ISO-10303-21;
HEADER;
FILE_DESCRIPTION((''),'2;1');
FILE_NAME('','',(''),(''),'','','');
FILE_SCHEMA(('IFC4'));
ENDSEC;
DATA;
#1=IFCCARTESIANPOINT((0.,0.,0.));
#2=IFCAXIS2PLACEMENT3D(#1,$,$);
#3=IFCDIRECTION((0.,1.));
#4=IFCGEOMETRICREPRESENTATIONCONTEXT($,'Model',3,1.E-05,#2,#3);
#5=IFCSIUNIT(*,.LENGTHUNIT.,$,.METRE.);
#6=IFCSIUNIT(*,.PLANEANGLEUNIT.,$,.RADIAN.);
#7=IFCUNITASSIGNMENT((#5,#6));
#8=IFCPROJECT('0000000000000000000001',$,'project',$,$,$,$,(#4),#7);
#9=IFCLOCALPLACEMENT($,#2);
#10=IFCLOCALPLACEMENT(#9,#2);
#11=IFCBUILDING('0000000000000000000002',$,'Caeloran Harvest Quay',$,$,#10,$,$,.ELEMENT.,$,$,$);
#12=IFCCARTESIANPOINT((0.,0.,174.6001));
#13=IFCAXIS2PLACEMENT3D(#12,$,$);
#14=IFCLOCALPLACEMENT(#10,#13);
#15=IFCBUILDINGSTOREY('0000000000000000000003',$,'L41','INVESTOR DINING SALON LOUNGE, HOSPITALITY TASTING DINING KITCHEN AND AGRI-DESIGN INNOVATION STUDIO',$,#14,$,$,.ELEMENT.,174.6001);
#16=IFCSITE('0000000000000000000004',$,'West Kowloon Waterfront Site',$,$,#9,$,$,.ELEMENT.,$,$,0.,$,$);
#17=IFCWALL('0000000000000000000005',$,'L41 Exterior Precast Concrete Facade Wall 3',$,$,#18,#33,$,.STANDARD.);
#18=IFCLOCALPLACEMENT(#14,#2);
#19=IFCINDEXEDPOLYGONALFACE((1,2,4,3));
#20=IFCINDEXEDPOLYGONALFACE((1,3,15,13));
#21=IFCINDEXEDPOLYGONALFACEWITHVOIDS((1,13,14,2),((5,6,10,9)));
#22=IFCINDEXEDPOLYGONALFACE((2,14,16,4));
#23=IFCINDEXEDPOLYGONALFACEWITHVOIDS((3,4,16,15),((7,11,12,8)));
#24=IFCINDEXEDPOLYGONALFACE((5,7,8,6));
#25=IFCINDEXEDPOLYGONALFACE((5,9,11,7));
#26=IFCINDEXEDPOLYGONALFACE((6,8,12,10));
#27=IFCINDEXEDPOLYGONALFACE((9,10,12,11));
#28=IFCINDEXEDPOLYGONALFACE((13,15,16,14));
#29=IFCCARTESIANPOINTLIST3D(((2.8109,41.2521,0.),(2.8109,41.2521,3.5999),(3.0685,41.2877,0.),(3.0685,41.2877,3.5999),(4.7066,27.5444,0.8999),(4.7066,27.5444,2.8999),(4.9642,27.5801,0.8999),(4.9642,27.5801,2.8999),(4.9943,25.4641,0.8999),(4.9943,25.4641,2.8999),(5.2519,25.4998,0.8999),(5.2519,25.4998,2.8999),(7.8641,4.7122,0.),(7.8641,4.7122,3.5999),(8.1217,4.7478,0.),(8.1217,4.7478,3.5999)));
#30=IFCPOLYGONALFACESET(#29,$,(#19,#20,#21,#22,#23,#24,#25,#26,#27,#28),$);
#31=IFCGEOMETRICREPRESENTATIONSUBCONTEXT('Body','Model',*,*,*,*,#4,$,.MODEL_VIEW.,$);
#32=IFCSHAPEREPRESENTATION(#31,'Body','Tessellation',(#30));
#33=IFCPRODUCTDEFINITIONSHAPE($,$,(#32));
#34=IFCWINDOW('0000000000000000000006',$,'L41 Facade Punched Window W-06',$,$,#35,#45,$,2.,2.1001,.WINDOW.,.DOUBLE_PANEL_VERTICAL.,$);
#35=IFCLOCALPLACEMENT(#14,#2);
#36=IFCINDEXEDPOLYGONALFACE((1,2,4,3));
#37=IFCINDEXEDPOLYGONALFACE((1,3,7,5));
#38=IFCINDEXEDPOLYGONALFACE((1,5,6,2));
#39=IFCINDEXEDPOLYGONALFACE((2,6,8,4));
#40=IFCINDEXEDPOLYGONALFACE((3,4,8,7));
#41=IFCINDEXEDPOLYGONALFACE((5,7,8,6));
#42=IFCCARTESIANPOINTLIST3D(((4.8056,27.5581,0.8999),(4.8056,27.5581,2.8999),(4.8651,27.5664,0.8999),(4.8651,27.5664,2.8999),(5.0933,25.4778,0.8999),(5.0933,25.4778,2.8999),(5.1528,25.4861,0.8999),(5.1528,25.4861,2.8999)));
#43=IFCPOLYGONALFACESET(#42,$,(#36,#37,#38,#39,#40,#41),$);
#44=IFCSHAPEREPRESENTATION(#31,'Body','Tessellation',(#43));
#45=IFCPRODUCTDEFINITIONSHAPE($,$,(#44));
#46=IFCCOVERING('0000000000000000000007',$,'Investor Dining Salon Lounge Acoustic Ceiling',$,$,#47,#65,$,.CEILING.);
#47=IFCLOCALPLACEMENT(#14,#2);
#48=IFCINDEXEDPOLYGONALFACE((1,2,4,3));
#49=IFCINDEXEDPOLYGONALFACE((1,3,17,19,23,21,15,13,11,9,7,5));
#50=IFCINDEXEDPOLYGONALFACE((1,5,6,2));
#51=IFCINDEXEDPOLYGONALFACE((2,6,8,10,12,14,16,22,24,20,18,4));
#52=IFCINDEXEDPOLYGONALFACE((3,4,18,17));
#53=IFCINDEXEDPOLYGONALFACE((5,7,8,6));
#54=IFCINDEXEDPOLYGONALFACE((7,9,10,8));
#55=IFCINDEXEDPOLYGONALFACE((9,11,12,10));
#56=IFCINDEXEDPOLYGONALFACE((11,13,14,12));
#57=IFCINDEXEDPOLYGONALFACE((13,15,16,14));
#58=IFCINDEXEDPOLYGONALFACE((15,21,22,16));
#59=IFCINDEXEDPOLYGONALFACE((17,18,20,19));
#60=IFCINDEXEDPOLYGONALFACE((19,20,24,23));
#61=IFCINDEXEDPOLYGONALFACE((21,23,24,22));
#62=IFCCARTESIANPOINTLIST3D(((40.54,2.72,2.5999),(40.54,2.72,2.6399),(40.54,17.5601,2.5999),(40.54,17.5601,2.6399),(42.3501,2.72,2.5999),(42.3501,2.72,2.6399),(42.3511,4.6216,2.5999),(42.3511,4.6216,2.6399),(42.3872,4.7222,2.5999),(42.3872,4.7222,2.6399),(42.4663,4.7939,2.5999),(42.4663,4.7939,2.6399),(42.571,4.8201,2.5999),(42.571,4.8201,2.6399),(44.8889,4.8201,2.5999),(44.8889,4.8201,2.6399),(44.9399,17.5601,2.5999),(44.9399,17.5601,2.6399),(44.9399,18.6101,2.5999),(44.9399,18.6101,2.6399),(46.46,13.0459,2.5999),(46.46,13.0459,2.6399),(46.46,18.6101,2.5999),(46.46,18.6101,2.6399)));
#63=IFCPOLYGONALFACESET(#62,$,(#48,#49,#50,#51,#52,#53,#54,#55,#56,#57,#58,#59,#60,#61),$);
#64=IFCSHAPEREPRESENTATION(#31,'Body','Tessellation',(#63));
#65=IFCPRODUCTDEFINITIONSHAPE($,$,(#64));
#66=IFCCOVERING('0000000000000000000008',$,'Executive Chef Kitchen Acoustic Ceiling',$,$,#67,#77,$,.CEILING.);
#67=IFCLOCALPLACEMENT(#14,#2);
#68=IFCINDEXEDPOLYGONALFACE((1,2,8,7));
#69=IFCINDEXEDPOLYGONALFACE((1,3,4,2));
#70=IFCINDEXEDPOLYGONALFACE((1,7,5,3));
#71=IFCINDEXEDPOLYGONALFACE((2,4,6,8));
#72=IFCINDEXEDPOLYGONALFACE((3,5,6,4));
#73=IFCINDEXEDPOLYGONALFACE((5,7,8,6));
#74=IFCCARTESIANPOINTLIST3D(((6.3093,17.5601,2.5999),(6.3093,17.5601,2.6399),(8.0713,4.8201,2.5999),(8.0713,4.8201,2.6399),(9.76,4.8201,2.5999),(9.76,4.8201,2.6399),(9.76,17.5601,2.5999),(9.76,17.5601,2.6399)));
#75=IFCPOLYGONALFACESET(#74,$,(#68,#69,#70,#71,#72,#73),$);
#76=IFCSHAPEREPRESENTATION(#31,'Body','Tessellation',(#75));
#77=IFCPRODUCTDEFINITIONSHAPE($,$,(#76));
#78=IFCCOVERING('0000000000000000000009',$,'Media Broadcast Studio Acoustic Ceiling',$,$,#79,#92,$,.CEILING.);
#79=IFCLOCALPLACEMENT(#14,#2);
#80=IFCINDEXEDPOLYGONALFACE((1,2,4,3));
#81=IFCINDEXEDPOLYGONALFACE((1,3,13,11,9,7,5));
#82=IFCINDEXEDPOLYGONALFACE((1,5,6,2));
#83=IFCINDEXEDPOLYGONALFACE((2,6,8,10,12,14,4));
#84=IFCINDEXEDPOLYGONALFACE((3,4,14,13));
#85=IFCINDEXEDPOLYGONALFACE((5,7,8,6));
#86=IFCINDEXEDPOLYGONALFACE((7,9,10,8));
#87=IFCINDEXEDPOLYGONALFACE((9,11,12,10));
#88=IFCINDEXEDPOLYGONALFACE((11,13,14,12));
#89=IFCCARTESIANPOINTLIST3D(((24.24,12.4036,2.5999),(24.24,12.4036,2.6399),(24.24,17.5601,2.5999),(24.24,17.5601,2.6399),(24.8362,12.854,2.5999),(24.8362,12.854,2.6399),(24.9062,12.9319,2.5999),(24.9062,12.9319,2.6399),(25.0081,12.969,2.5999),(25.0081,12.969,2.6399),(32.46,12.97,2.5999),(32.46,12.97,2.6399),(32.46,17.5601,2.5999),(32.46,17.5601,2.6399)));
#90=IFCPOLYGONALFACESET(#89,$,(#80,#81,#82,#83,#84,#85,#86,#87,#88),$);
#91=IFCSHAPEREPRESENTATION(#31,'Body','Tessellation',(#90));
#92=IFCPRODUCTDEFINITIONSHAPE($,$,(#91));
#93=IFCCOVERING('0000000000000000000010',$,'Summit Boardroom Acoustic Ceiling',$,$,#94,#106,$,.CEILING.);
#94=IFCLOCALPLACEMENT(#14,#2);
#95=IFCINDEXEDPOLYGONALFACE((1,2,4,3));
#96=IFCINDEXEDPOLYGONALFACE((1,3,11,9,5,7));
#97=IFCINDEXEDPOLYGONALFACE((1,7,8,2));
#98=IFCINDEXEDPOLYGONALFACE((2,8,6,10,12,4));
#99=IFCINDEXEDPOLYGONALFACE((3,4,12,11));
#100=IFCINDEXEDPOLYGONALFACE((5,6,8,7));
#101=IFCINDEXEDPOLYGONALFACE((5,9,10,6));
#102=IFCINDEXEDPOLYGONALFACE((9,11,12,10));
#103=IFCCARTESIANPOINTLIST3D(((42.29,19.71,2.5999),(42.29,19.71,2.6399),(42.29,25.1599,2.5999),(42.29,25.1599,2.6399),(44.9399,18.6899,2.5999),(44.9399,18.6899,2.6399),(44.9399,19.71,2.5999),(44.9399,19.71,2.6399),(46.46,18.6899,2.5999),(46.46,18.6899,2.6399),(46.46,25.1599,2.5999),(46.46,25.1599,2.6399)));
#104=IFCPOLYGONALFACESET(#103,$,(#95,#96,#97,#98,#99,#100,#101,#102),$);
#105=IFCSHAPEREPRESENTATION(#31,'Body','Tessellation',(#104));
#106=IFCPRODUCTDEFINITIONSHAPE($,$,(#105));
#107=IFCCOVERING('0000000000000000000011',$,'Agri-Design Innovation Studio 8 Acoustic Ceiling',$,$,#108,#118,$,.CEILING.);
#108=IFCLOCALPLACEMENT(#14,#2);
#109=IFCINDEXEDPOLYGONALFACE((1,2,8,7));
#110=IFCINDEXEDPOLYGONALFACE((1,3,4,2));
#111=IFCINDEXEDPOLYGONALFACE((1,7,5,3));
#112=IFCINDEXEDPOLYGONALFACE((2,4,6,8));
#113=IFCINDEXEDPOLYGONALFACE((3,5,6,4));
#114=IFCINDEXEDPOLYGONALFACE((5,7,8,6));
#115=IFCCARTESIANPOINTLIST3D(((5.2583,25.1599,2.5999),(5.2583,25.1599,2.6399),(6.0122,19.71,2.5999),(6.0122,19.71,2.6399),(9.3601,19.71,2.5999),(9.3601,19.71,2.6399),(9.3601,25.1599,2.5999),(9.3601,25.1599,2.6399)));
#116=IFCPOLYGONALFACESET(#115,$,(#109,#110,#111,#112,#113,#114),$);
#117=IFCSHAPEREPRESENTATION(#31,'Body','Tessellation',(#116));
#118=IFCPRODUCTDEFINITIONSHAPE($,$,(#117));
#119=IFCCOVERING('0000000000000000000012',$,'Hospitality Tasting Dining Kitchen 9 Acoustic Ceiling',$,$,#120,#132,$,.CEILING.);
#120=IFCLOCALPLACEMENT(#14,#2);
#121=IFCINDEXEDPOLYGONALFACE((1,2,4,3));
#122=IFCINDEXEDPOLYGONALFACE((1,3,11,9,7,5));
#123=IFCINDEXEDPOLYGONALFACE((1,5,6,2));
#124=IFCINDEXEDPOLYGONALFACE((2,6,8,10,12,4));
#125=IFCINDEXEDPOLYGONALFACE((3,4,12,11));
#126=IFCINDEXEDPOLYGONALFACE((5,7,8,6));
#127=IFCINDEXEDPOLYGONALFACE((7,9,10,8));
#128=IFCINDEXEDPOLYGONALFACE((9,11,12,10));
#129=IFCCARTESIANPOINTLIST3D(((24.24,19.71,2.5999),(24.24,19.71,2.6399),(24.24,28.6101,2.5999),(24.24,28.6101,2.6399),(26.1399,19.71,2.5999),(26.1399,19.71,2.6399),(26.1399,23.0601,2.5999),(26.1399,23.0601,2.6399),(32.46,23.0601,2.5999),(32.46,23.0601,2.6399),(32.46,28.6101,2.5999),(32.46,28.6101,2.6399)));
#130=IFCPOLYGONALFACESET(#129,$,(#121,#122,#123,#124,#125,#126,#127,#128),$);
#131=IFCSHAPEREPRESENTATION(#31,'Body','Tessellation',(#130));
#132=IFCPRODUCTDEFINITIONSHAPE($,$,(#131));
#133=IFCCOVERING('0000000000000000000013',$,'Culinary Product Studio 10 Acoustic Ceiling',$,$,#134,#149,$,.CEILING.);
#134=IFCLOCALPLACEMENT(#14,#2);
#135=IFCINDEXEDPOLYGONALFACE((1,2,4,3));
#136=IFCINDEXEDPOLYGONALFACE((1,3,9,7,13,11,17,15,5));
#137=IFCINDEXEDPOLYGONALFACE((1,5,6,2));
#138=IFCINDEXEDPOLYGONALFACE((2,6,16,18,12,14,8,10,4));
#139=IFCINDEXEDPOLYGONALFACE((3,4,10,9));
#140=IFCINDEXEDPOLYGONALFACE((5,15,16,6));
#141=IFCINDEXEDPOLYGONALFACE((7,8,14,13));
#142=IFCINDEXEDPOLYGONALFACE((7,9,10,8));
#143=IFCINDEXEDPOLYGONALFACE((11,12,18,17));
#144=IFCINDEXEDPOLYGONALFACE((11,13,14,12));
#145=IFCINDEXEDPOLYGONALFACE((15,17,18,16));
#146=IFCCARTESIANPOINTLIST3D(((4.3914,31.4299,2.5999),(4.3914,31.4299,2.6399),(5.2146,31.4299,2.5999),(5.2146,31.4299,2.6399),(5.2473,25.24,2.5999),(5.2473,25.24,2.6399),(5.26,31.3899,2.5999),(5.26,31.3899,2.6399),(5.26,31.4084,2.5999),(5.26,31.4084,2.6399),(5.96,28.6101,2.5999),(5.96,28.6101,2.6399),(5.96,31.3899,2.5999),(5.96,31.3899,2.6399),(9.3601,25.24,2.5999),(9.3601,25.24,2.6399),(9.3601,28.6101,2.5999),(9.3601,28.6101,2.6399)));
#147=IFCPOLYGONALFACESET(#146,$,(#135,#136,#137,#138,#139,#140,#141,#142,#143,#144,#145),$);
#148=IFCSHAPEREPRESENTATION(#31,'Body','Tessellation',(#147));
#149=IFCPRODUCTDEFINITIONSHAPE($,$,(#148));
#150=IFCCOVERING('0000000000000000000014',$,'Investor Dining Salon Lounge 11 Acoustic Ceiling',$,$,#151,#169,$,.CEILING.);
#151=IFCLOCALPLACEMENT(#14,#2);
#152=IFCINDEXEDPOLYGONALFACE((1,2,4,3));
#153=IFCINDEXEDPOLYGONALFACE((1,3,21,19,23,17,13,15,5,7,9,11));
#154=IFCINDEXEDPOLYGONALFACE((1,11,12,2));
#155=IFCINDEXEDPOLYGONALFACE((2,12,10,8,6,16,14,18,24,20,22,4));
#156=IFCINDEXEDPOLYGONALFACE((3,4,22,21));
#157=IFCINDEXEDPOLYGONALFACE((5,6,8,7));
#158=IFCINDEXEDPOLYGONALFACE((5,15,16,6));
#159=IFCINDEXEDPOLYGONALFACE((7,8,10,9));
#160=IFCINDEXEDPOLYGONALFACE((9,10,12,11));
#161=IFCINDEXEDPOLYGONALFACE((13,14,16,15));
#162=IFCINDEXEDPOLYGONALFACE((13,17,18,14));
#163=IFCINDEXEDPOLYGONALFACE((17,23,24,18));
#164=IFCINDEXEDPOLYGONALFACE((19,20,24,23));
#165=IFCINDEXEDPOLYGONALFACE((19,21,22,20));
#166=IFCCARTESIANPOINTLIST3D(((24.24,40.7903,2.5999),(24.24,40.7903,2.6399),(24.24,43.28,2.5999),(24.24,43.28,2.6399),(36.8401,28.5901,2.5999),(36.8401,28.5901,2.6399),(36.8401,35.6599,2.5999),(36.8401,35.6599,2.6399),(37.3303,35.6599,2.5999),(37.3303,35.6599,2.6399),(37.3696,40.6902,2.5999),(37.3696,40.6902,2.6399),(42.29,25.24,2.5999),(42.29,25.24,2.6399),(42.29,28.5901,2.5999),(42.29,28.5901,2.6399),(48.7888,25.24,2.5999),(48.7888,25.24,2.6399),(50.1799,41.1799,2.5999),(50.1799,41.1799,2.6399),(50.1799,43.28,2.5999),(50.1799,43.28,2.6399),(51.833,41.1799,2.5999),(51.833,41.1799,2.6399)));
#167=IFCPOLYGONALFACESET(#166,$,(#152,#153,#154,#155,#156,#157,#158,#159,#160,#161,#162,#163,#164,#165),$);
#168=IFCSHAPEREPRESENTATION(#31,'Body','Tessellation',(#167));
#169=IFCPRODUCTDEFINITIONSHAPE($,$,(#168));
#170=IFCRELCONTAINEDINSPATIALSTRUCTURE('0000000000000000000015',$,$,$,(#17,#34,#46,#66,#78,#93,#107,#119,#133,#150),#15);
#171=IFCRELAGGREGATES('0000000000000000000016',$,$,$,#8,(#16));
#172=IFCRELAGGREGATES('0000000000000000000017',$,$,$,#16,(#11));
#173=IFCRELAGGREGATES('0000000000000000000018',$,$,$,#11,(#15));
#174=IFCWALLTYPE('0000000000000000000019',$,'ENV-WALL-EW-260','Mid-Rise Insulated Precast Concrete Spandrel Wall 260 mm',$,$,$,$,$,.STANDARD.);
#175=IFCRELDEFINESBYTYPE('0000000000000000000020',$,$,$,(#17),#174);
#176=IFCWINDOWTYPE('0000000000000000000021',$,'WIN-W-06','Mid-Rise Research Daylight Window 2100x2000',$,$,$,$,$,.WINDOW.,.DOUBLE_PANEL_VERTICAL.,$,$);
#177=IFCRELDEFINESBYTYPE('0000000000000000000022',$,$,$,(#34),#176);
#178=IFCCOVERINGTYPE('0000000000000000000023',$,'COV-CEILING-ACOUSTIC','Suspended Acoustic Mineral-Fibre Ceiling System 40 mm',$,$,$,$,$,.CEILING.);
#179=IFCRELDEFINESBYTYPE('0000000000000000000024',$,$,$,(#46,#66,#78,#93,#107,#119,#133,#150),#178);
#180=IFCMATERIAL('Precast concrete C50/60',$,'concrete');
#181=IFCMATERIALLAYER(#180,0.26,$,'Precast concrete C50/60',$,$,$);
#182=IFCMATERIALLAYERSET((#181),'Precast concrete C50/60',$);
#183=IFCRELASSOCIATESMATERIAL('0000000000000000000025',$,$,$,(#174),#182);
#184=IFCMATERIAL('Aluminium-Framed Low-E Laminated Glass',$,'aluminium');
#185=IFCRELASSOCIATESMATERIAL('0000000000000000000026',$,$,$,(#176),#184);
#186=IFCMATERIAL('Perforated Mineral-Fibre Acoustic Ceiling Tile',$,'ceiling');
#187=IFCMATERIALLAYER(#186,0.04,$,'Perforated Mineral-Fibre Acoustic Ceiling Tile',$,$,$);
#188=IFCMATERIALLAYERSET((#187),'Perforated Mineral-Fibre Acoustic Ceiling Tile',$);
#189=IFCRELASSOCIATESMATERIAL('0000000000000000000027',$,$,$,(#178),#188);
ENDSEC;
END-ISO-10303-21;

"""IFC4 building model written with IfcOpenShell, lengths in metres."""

from ifc_helpers import new_model, si_unit, direction, frame, frame_2d, origin, place, context, subcontext, project, spatial, polyline, rectangle, outline, extrude, material, layer, layer_set, type_object, element, fill, save


model = new_model("IFC4")

# Units and contexts
model_context = context("Model", 3, precision=1e-05, world=origin(), true_north=direction((0.0, 1.0)))
body_context = subcontext(model_context, "Body", "Model", "MODEL_VIEW")
ifc_project = project(units=[si_unit("LENGTHUNIT", "METRE"), si_unit("PLANEANGLEUNIT", "RADIAN")], contexts=[model_context])

# Site, building, storey
site_placement = place(None, origin())
site = spatial("IfcSite", under=ifc_project, at=site_placement, Name="West Kowloon Waterfront Site", CompositionType="ELEMENT", RefElevation=0.0)
building_placement = place(site_placement, origin())
building = spatial("IfcBuilding", under=site, at=building_placement, Name="Caeloran Harvest Quay", CompositionType="ELEMENT")
storey_placement = place(building_placement, frame((0.0, 0.0, 174.6001)))
storey = spatial("IfcBuildingStorey", under=building, at=storey_placement, Name="L41", Description="INVESTOR DINING SALON LOUNGE, HOSPITALITY TASTING DINING KITCHEN AND AGRI-DESIGN INNOVATION STUDIO", CompositionType="ELEMENT", Elevation=174.6001)

# Wall, opening, window
ifc_material_1 = material(Name="Precast concrete C50/60", Category="concrete")
ifc_layer_1 = layer(ifc_material_1, 0.26, Name="Precast concrete C50/60")
ifc_layer_set_1 = layer_set([ifc_layer_1], Name="Precast concrete C50/60")
wall_type_1 = type_object("IfcWallType", Name="ENV-WALL-EW-260", Description="Mid-Rise Insulated Precast Concrete Spandrel Wall 260 mm", PredefinedType="STANDARD", material=ifc_layer_set_1)
wall_1_placement = place(storey_placement, frame((7.9929, 4.73, 0.0), z_axis=(0.0, 0.0, 1.0), x_axis=(-0.136989, 0.990573, 0.0)))
wall_1 = element("IfcWall", 1, at=wall_1_placement, inside=storey, type_object=wall_type_1, Name="L41 Exterior Precast Concrete Facade Wall 3", PredefinedType="STANDARD", context=body_context, shape_type="SweptSolid", body=[
    extrude(rectangle(XDim=36.8877, YDim=0.26, at=frame_2d((18.4438, 0.0))), origin(), (0.0, 0.0, 1.0), 3.5999),
])
opening_1_placement = place(wall_1_placement, frame((20.9495, 0.0, 0.8999)))
opening_1 = element("IfcOpeningElement", 2, at=opening_1_placement, cuts=wall_1, PredefinedType="OPENING", context=body_context, shape_type="SweptSolid", body=[
    extrude(rectangle(XDim=2.1001, YDim=2.0, at=frame_2d((1.05, 1.0))), frame((0.0, 0.1401, 0.0), z_axis=(0.0, -1.0, 0.0), x_axis=(1.0, 0.0, 0.0)), (0.0, 0.0, 1.0), 0.28),
])
ifc_material_2 = material(Name="Aluminium-Framed Low-E Laminated Glass", Category="aluminium")
window_type = type_object("IfcWindowType", Name="WIN-W-06", Description="Mid-Rise Research Daylight Window 2100x2000", PartitioningType="DOUBLE_PANEL_VERTICAL", PredefinedType="WINDOW", material=ifc_material_2)
window_placement = place(opening_1_placement, origin())
window = element("IfcWindow", 3, at=window_placement, inside=storey, type_object=window_type, Name="L41 Facade Punched Window W-06", OverallHeight=2.0, OverallWidth=2.1001, PartitioningType="DOUBLE_PANEL_VERTICAL", PredefinedType="WINDOW", context=body_context, shape_type="SweptSolid", body=[
    extrude(rectangle(XDim=2.1001, YDim=2.0, at=frame_2d((1.05, 1.0))), frame((0.0, 0.03, 0.0), z_axis=(0.0, -1.0, 0.0), x_axis=(1.0, 0.0, 0.0)), (0.0, 0.0, 1.0), 0.0601),
])
fill(opening_1, window)

# Coverings
ifc_material_3 = material(Name="Perforated Mineral-Fibre Acoustic Ceiling Tile", Category="ceiling")
ifc_layer_2 = layer(ifc_material_3, 0.04, Name="Perforated Mineral-Fibre Acoustic Ceiling Tile")
ifc_layer_set_2 = layer_set([ifc_layer_2], Name="Perforated Mineral-Fibre Acoustic Ceiling Tile")
covering_type_1 = type_object("IfcCoveringType", Name="COV-CEILING-ACOUSTIC", Description="Suspended Acoustic Mineral-Fibre Ceiling System 40 mm", PredefinedType="CEILING", material=ifc_layer_set_2)
covering_1_placement = place(storey_placement, frame((0.0, 0.0, 2.5999)))
element("IfcCovering", 4, at=covering_1_placement, inside=storey, type_object=covering_type_1, Name="Investor Dining Salon Lounge Acoustic Ceiling", PredefinedType="CEILING", context=body_context, shape_type="SweptSolid", body=[
    extrude(outline(polyline([(44.9399, 17.5601), (44.9399, 18.6101), (46.46, 18.6101), (46.46, 13.0459), (44.8889, 4.8201), (42.571, 4.8201), (42.4663, 4.7939), (42.3872, 4.7222), (42.3511, 4.6216), (42.3501, 2.72), (40.54, 2.72), (40.54, 17.5601), (44.9399, 17.5601)])), origin(), (0.0, 0.0, 1.0), 0.04),
])
covering_2_placement = place(storey_placement, frame((0.0, 0.0, 2.5999)))
element("IfcCovering", 5, at=covering_2_placement, inside=storey, type_object=covering_type_1, Name="Executive Chef Kitchen Acoustic Ceiling", PredefinedType="CEILING", context=body_context, shape_type="SweptSolid", body=[
    extrude(outline(polyline([(8.0713, 4.8201), (6.3093, 17.5601), (9.76, 17.5601), (9.76, 4.8201), (8.0713, 4.8201)])), origin(), (0.0, 0.0, 1.0), 0.04),
])
covering_3_placement = place(storey_placement, frame((0.0, 0.0, 2.5999)))
element("IfcCovering", 6, at=covering_3_placement, inside=storey, type_object=covering_type_1, Name="Media Broadcast Studio Acoustic Ceiling", PredefinedType="CEILING", context=body_context, shape_type="SweptSolid", body=[
    extrude(outline(polyline([(32.46, 12.97), (25.0081, 12.969), (24.9062, 12.9319), (24.8362, 12.854), (24.24, 12.4036), (24.24, 17.5601), (32.46, 17.5601), (32.46, 12.97)])), origin(), (0.0, 0.0, 1.0), 0.04),
])
covering_4_placement = place(storey_placement, frame((0.0, 0.0, 2.5999)))
element("IfcCovering", 7, at=covering_4_placement, inside=storey, type_object=covering_type_1, Name="Summit Boardroom Acoustic Ceiling", PredefinedType="CEILING", context=body_context, shape_type="SweptSolid", body=[
    extrude(outline(polyline([(44.9399, 19.71), (42.29, 19.71), (42.29, 25.1599), (46.46, 25.1599), (46.46, 18.6899), (44.9399, 18.6899), (44.9399, 19.71)])), origin(), (0.0, 0.0, 1.0), 0.04),
])
covering_5_placement = place(storey_placement, frame((0.0, 0.0, 2.5999)))
element("IfcCovering", 8, at=covering_5_placement, inside=storey, type_object=covering_type_1, Name="Agri-Design Innovation Studio 8 Acoustic Ceiling", PredefinedType="CEILING", context=body_context, shape_type="SweptSolid", body=[
    extrude(outline(polyline([(9.3601, 19.71), (6.0122, 19.71), (5.2583, 25.1599), (9.3601, 25.1599), (9.3601, 19.71)])), origin(), (0.0, 0.0, 1.0), 0.04),
])
covering_6_placement = place(storey_placement, frame((0.0, 0.0, 2.5999)))
element("IfcCovering", 9, at=covering_6_placement, inside=storey, type_object=covering_type_1, Name="Hospitality Tasting Dining Kitchen 9 Acoustic Ceiling", PredefinedType="CEILING", context=body_context, shape_type="SweptSolid", body=[
    extrude(outline(polyline([(32.46, 28.6101), (32.46, 23.0601), (26.1399, 23.0601), (26.1399, 19.71), (24.24, 19.71), (24.24, 28.6101), (32.46, 28.6101)])), origin(), (0.0, 0.0, 1.0), 0.04),
])
covering_7_placement = place(storey_placement, frame((0.0, 0.0, 2.5999)))
element("IfcCovering", 10, at=covering_7_placement, inside=storey, type_object=covering_type_1, Name="Culinary Product Studio 10 Acoustic Ceiling", PredefinedType="CEILING", context=body_context, shape_type="SweptSolid", body=[
    extrude(outline(polyline([(5.26, 31.3899), (5.96, 31.3899), (5.96, 28.6101), (9.3601, 28.6101), (9.3601, 25.24), (5.2473, 25.24), (4.3914, 31.4299), (5.2146, 31.4299), (5.26, 31.4084), (5.26, 31.3899)])), origin(), (0.0, 0.0, 1.0), 0.04),
])
covering_8_placement = place(storey_placement, frame((0.0, 0.0, 2.5999)))
element("IfcCovering", 11, at=covering_8_placement, inside=storey, type_object=covering_type_1, Name="Investor Dining Salon Lounge 11 Acoustic Ceiling", PredefinedType="CEILING", context=body_context, shape_type="SweptSolid", body=[
    extrude(outline(polyline([(48.7888, 25.24), (42.29, 25.24), (42.29, 28.5901), (36.8401, 28.5901), (36.8401, 35.6599), (37.3303, 35.6599), (37.3696, 40.6902), (24.24, 40.7903), (24.24, 43.28), (50.1799, 43.28), (50.1799, 41.1799), (51.833, 41.1799), (48.7888, 25.24)])), origin(), (0.0, 0.0, 1.0), 0.04),
])

save(model, "model.ifc")
